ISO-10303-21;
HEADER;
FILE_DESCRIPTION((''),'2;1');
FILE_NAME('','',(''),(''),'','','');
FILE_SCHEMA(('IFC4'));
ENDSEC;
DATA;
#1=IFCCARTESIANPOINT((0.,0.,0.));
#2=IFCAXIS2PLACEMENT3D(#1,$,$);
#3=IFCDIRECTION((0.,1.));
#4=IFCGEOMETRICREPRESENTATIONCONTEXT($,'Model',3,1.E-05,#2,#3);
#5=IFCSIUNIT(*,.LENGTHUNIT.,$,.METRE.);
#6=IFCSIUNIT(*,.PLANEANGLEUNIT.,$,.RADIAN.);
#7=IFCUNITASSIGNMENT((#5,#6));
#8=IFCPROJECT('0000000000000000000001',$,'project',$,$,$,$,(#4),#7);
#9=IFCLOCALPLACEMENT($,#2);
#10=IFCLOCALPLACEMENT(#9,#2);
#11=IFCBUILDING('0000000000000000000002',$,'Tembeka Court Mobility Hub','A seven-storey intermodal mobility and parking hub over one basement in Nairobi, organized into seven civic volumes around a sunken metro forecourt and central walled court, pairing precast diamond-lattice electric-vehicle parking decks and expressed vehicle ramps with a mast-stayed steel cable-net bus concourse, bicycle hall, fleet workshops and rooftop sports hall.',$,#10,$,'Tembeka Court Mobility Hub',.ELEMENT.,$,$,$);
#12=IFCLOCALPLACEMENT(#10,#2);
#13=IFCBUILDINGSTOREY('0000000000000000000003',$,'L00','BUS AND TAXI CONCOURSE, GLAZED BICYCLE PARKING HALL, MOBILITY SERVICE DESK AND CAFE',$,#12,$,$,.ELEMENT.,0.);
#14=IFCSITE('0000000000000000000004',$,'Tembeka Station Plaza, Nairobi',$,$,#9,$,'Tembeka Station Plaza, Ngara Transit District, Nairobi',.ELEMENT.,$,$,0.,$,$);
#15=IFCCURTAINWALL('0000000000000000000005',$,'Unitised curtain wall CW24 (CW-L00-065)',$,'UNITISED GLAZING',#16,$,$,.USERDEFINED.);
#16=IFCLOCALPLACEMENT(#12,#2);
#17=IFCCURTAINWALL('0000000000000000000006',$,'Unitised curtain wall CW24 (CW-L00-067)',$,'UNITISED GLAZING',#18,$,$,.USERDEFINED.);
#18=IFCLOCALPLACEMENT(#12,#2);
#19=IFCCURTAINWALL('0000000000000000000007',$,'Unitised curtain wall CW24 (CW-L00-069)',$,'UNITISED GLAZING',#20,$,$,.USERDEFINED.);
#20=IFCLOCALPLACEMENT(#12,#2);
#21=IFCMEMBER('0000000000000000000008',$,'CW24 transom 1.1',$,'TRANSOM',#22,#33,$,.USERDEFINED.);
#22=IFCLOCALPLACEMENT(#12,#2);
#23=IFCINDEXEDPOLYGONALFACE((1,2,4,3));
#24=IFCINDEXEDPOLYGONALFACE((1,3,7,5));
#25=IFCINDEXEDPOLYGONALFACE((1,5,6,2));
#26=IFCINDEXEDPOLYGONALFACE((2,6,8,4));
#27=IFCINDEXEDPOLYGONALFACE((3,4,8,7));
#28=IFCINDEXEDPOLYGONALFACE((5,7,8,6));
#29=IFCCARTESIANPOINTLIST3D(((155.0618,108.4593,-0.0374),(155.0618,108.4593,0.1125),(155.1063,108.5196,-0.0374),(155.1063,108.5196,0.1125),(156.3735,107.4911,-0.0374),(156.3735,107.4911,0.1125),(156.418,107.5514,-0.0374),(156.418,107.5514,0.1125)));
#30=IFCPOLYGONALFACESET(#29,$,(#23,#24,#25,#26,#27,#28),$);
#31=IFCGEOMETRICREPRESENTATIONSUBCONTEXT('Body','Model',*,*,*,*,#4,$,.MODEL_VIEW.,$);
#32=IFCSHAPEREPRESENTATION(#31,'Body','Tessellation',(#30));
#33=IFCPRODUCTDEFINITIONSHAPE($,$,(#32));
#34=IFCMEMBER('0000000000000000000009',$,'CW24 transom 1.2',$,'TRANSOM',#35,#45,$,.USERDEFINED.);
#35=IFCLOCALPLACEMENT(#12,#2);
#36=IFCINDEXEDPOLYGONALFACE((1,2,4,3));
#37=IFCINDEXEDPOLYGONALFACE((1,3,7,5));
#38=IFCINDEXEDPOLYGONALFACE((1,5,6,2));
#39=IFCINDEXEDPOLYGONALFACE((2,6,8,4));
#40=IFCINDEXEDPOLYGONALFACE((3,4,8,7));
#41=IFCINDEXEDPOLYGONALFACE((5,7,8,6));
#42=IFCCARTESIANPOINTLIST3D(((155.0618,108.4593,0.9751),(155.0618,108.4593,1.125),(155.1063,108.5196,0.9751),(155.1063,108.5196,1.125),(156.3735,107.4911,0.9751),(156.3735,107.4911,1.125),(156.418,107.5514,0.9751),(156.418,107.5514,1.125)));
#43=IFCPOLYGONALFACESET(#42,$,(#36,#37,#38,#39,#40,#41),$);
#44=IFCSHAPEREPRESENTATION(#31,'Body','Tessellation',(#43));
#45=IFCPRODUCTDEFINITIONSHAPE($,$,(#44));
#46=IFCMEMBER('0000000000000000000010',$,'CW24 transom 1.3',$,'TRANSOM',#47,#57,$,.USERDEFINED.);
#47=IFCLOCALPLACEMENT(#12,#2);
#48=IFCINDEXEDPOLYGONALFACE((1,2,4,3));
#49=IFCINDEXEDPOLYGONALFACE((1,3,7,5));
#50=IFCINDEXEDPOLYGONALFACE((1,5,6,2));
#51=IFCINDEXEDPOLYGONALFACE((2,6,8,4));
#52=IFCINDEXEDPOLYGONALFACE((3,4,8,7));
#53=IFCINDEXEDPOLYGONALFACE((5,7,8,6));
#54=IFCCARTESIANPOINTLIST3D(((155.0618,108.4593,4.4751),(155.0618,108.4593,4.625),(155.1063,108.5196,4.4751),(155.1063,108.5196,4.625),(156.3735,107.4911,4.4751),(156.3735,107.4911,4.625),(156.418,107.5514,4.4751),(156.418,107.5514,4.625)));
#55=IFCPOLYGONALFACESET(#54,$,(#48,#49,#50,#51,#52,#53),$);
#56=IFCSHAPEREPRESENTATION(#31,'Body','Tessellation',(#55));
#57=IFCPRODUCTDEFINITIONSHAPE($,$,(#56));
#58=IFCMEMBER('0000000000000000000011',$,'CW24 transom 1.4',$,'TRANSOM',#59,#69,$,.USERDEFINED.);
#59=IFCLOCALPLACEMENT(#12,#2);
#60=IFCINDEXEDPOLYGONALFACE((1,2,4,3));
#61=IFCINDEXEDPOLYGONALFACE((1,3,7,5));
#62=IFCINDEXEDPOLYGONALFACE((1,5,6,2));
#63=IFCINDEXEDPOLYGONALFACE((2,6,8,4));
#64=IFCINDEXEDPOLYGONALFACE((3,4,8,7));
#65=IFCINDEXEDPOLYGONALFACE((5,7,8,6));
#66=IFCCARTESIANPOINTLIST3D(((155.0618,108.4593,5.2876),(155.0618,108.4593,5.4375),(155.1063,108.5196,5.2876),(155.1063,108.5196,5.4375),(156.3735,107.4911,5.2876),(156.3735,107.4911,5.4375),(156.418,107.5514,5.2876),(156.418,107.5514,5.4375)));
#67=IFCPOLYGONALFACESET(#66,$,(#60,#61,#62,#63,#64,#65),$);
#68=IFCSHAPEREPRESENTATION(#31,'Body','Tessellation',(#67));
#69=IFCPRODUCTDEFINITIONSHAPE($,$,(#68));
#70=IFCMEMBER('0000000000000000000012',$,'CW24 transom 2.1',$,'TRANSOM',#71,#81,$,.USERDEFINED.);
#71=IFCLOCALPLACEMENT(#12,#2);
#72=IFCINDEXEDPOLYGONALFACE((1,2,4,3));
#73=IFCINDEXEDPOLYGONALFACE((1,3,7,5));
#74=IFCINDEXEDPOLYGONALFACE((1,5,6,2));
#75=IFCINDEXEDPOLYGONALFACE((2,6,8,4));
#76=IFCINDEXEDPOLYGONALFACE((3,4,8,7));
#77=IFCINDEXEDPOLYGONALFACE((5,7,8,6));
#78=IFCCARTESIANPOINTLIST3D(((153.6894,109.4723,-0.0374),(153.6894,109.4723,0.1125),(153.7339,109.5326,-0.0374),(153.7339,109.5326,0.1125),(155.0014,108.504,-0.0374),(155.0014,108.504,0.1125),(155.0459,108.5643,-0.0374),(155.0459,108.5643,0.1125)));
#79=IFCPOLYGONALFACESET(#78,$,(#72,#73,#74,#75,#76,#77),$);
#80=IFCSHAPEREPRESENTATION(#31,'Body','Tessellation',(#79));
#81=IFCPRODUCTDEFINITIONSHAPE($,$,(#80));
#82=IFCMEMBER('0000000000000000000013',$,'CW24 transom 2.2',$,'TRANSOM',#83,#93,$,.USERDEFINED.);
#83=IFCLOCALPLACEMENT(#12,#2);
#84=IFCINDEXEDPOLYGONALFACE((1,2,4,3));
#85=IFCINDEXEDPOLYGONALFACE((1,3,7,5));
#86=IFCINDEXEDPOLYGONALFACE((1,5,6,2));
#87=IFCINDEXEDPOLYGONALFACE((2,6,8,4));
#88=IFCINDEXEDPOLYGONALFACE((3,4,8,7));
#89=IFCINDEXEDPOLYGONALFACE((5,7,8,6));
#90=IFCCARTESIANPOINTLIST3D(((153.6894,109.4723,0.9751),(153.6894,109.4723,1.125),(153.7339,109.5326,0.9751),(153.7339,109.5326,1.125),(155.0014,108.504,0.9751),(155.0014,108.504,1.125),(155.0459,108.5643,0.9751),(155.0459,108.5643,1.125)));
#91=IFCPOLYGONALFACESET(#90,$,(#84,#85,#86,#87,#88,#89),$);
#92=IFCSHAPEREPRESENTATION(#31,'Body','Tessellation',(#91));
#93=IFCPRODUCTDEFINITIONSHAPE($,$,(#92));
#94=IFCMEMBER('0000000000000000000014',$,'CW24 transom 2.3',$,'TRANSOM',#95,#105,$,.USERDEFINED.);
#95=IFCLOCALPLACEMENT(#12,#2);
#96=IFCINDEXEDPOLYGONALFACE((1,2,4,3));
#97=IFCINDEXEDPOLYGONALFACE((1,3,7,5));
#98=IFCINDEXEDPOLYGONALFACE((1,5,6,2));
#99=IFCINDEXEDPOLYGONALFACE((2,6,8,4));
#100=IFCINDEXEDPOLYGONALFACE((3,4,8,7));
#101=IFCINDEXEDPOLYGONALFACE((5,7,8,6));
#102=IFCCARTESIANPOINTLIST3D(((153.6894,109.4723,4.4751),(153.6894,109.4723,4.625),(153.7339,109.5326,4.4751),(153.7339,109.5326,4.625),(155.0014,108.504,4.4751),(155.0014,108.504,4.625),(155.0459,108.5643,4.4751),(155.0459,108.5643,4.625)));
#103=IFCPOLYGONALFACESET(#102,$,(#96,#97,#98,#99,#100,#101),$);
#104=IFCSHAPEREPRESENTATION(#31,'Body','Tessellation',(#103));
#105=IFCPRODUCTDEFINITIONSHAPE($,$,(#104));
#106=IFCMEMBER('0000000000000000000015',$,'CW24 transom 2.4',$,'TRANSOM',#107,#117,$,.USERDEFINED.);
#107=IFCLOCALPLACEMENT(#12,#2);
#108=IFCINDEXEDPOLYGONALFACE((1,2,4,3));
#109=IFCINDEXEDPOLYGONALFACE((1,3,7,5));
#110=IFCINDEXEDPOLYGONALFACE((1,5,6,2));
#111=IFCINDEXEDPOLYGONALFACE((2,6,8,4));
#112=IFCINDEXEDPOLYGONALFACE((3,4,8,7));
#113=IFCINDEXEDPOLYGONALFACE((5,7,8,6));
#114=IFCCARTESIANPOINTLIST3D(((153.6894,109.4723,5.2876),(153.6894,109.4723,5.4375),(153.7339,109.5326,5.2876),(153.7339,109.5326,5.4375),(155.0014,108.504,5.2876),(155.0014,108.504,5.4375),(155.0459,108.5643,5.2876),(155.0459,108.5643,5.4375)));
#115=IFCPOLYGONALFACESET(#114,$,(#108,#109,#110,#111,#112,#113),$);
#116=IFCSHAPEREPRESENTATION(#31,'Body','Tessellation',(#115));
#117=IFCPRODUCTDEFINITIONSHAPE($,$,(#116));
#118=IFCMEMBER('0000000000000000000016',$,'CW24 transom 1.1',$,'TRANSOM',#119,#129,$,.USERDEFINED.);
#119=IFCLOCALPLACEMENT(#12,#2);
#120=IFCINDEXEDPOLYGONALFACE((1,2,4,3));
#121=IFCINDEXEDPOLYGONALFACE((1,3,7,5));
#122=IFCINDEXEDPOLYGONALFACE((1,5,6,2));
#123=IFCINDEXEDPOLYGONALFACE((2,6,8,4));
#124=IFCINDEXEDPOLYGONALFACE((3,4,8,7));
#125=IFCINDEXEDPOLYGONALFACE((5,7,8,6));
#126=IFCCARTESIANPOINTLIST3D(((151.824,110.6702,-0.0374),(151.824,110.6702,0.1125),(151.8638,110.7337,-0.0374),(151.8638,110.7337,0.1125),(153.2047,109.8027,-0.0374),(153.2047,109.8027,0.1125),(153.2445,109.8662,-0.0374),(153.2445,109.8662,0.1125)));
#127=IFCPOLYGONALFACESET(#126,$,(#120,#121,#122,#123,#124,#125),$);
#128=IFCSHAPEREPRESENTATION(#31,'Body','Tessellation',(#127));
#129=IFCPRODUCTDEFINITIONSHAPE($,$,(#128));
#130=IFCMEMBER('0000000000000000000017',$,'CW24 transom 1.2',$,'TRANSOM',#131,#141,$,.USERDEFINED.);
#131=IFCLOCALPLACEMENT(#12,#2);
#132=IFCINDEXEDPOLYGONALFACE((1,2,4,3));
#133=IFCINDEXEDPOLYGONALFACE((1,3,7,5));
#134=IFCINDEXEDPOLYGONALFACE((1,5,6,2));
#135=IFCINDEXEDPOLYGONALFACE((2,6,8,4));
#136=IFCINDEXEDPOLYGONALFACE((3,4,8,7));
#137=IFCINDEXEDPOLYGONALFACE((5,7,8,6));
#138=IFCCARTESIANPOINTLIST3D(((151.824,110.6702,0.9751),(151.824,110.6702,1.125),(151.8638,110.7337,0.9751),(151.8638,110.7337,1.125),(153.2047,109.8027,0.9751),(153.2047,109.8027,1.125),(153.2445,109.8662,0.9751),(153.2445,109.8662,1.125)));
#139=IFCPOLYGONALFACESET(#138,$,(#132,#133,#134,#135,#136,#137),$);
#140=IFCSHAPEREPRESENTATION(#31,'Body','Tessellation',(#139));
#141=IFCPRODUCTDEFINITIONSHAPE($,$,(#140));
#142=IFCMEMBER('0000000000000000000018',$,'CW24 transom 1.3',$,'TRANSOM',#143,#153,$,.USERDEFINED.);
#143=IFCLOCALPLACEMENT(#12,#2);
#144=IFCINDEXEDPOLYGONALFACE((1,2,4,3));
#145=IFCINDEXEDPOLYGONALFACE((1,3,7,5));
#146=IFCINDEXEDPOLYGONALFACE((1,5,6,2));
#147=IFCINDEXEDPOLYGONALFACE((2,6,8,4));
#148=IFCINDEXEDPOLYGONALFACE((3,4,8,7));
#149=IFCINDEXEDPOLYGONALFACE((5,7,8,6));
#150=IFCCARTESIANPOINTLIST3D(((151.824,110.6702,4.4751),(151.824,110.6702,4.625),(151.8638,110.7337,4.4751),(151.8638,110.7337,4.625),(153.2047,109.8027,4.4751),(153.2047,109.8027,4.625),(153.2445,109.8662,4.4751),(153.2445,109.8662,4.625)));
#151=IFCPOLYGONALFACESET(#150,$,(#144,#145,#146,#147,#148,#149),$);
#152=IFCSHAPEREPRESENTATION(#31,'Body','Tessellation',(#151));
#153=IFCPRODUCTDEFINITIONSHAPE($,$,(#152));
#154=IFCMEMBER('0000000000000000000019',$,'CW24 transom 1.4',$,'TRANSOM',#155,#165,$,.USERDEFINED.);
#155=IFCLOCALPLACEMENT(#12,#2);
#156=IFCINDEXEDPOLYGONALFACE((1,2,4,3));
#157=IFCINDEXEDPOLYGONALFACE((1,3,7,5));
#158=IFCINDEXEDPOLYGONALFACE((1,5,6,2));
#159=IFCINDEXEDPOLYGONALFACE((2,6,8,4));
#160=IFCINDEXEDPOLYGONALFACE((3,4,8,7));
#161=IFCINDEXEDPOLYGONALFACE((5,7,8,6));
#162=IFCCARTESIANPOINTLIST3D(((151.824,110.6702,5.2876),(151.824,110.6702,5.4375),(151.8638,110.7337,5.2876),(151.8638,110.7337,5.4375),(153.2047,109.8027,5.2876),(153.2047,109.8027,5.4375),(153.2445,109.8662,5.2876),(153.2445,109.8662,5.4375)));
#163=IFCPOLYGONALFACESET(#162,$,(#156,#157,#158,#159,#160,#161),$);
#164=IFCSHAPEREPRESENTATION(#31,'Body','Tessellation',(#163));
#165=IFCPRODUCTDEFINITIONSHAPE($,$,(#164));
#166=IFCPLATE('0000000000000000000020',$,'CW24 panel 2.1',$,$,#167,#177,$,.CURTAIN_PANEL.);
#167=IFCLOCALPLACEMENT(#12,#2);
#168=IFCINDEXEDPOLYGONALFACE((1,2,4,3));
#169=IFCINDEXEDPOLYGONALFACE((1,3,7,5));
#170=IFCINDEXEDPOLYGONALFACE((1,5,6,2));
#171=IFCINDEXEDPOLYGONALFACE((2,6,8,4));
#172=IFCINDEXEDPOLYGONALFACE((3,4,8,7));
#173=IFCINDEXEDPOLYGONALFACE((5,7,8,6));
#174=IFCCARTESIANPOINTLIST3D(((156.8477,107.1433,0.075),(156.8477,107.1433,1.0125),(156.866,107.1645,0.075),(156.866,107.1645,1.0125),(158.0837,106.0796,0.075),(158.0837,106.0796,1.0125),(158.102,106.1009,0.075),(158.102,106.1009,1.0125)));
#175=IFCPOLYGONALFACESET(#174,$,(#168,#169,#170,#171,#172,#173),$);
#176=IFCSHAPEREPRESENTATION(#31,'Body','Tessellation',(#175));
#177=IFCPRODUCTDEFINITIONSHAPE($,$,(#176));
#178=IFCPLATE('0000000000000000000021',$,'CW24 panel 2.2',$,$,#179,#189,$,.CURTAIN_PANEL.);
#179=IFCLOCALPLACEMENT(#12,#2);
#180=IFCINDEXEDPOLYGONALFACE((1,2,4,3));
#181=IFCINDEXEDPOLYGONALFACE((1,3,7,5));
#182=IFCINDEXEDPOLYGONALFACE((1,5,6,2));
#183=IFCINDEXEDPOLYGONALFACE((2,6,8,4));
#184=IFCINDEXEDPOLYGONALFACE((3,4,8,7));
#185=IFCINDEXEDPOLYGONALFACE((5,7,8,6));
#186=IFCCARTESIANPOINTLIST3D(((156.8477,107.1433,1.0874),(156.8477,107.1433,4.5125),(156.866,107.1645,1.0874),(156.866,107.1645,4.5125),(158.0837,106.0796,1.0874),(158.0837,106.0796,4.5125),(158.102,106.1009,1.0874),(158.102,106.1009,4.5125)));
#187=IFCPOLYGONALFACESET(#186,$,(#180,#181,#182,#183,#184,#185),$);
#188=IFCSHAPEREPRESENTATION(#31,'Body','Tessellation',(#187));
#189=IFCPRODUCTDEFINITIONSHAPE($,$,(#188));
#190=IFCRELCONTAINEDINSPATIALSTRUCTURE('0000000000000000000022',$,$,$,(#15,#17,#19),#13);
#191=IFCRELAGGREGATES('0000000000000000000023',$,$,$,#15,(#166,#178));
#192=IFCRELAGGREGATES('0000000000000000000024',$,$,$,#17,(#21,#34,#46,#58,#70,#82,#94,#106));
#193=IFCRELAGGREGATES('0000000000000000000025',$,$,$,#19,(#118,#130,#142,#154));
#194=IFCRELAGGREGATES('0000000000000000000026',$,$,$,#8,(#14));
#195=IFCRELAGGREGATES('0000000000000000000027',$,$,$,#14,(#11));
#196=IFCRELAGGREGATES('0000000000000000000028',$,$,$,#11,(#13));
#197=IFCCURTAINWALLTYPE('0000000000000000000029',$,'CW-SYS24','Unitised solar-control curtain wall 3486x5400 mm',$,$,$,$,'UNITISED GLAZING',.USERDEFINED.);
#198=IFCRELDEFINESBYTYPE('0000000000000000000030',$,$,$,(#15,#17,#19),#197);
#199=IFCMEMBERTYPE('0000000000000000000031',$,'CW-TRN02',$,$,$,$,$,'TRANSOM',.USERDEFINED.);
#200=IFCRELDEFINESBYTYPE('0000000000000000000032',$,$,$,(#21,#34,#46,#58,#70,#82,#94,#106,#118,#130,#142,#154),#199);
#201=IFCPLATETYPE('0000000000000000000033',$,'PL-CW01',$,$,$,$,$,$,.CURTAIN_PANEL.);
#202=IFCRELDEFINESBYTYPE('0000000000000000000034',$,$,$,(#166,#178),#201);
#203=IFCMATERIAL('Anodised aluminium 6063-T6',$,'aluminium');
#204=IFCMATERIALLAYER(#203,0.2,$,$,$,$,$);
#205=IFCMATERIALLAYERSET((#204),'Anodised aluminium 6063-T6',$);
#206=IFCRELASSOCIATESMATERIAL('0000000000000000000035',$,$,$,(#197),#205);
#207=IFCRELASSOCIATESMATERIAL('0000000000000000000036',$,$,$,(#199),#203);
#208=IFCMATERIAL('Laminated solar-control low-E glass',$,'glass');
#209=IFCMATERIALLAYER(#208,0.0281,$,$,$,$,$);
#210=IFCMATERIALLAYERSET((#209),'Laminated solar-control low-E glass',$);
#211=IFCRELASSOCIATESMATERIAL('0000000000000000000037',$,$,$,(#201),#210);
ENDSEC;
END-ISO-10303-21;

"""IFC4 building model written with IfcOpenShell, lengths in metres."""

from ifc_helpers import new_model, si_unit, direction, frame, origin, origin_2d, place, context, subcontext, project, spatial, rectangle, extrude, material, layer, layer_set, material_profile, profile_set, type_object, element, aggregate, save


model = new_model("IFC4")

# Units and contexts
model_context = context("Model", 3, precision=1e-05, world=origin(), true_north=direction((0.0, 1.0)))
body_context = subcontext(model_context, "Body", "Model", "MODEL_VIEW")
ifc_project = project(units=[si_unit("LENGTHUNIT", "METRE"), si_unit("PLANEANGLEUNIT", "RADIAN")], contexts=[model_context])

# Site, building, storey
site_placement = place(None, origin())
site = spatial("IfcSite", under=ifc_project, at=site_placement, Name="Tembeka Station Plaza, Nairobi", LongName="Tembeka Station Plaza, Ngara Transit District, Nairobi", CompositionType="ELEMENT", RefElevation=0.0)
building_placement = place(site_placement, origin())
building = spatial("IfcBuilding", under=site, at=building_placement, Name="Tembeka Court Mobility Hub", Description="A seven-storey intermodal mobility and parking hub over one basement in Nairobi, organized into seven civic volumes around a sunken metro forecourt and central walled court, pairing precast diamond-lattice electric-vehicle parking decks and expressed vehicle ramps with a mast-stayed steel cable-net bus concourse, bicycle hall, fleet workshops and rooftop sports hall.", LongName="Tembeka Court Mobility Hub", CompositionType="ELEMENT")
storey_placement = place(building_placement, origin())
storey = spatial("IfcBuildingStorey", under=building, at=storey_placement, Name="L00", Description="BUS AND TAXI CONCOURSE, GLAZED BICYCLE PARKING HALL, MOBILITY SERVICE DESK AND CAFE", CompositionType="ELEMENT", Elevation=0.0)

# Curtain wall
ifc_material_1 = material(Name="Anodised aluminium 6063-T6", Category="aluminium")
ifc_layer_1 = layer(ifc_material_1, 0.2)
ifc_layer_set_1 = layer_set([ifc_layer_1], Name="Anodised aluminium 6063-T6")
curtain_wall_type = type_object("IfcCurtainWallType", Name="CW-SYS24", Description="Unitised solar-control curtain wall 3486x5400 mm", ElementType="UNITISED GLAZING", PredefinedType="USERDEFINED", material=ifc_layer_set_1)
curtain_wall_1_placement = place(storey_placement, origin())
curtain_wall_1 = element("IfcCurtainWall", 1, at=curtain_wall_1_placement, inside=storey, type_object=curtain_wall_type, Name="Unitised curtain wall CW24 (CW-L00-065)", ObjectType="UNITISED GLAZING", PredefinedType="USERDEFINED")

# Curtain wall
curtain_wall_2_placement = place(storey_placement, origin())
curtain_wall_2 = element("IfcCurtainWall", 2, at=curtain_wall_2_placement, inside=storey, type_object=curtain_wall_type, Name="Unitised curtain wall CW24 (CW-L00-067)", ObjectType="UNITISED GLAZING", PredefinedType="USERDEFINED")

# Curtain wall
curtain_wall_3_placement = place(storey_placement, origin())
curtain_wall_3 = element("IfcCurtainWall", 3, at=curtain_wall_3_placement, inside=storey, type_object=curtain_wall_type, Name="Unitised curtain wall CW24 (CW-L00-069)", ObjectType="UNITISED GLAZING", PredefinedType="USERDEFINED")

# Members
ifc_material_profile_1 = material_profile(ifc_material_1, rectangle(XDim=0.075, YDim=0.1499, at=origin_2d()), Name="ALU-TRN 75x150")
ifc_profile_set_1 = profile_set([ifc_material_profile_1], Name="Anodised aluminium 6063-T6")
member_type_1 = type_object("IfcMemberType", Name="CW-TRN02", ElementType="TRANSOM", PredefinedType="USERDEFINED", material=ifc_profile_set_1)
member_1_placement = place(storey_placement, frame((156.3958, 107.5212, 0.0376), z_axis=(-0.804559, 0.593873, 0.0), x_axis=(-0.593873, -0.804559, 0.0)))
member_1 = element("IfcMember", 4, at=member_1_placement, type_object=member_type_1, Name="CW24 transom 1.1", ObjectType="TRANSOM", PredefinedType="USERDEFINED", context=body_context, shape_type="SweptSolid", body=[
    extrude(rectangle(XDim=0.075, YDim=0.1499, at=origin_2d()), origin(), (0.0, 0.0, 1.0), 1.6304),
])
member_2_placement = place(storey_placement, frame((156.3958, 107.5212, 1.05), z_axis=(-0.804559, 0.593873, 0.0), x_axis=(-0.593873, -0.804559, 0.0)))
member_2 = element("IfcMember", 5, at=member_2_placement, type_object=member_type_1, Name="CW24 transom 1.2", ObjectType="TRANSOM", PredefinedType="USERDEFINED", context=body_context, shape_type="SweptSolid", body=[
    extrude(rectangle(XDim=0.075, YDim=0.1499, at=origin_2d()), origin(), (0.0, 0.0, 1.0), 1.6304),
])
member_3_placement = place(storey_placement, frame((156.3958, 107.5212, 4.55), z_axis=(-0.804559, 0.593873, 0.0), x_axis=(-0.593873, -0.804559, 0.0)))
member_3 = element("IfcMember", 6, at=member_3_placement, type_object=member_type_1, Name="CW24 transom 1.3", ObjectType="TRANSOM", PredefinedType="USERDEFINED", context=body_context, shape_type="SweptSolid", body=[
    extrude(rectangle(XDim=0.075, YDim=0.1499, at=origin_2d()), origin(), (0.0, 0.0, 1.0), 1.6304),
])
member_4_placement = place(storey_placement, frame((156.3958, 107.5212, 5.3625), z_axis=(-0.804559, 0.593873, 0.0), x_axis=(-0.593873, -0.804559, 0.0)))
member_4 = element("IfcMember", 7, at=member_4_placement, type_object=member_type_1, Name="CW24 transom 1.4", ObjectType="TRANSOM", PredefinedType="USERDEFINED", context=body_context, shape_type="SweptSolid", body=[
    extrude(rectangle(XDim=0.075, YDim=0.1499, at=origin_2d()), origin(), (0.0, 0.0, 1.0), 1.6304),
])
member_5_placement = place(storey_placement, frame((155.0237, 108.5342, 0.0376), z_axis=(-0.804612, 0.593802, 0.0), x_axis=(-0.593802, -0.804612, 0.0)))
member_5 = element("IfcMember", 8, at=member_5_placement, type_object=member_type_1, Name="CW24 transom 2.1", ObjectType="TRANSOM", PredefinedType="USERDEFINED", context=body_context, shape_type="SweptSolid", body=[
    extrude(rectangle(XDim=0.075, YDim=0.1499, at=origin_2d()), origin(), (0.0, 0.0, 1.0), 1.6306),
])
member_6_placement = place(storey_placement, frame((155.0237, 108.5342, 1.05), z_axis=(-0.804612, 0.593802, 0.0), x_axis=(-0.593802, -0.804612, 0.0)))
member_6 = element("IfcMember", 9, at=member_6_placement, type_object=member_type_1, Name="CW24 transom 2.2", ObjectType="TRANSOM", PredefinedType="USERDEFINED", context=body_context, shape_type="SweptSolid", body=[
    extrude(rectangle(XDim=0.075, YDim=0.1499, at=origin_2d()), origin(), (0.0, 0.0, 1.0), 1.6306),
])
member_7_placement = place(storey_placement, frame((155.0237, 108.5342, 4.55), z_axis=(-0.804612, 0.593802, 0.0), x_axis=(-0.593802, -0.804612, 0.0)))
member_7 = element("IfcMember", 10, at=member_7_placement, type_object=member_type_1, Name="CW24 transom 2.3", ObjectType="TRANSOM", PredefinedType="USERDEFINED", context=body_context, shape_type="SweptSolid", body=[
    extrude(rectangle(XDim=0.075, YDim=0.1499, at=origin_2d()), origin(), (0.0, 0.0, 1.0), 1.6306),
])
member_8_placement = place(storey_placement, frame((155.0237, 108.5342, 5.3625), z_axis=(-0.804612, 0.593802, 0.0), x_axis=(-0.593802, -0.804612, 0.0)))
member_8 = element("IfcMember", 11, at=member_8_placement, type_object=member_type_1, Name="CW24 transom 2.4", ObjectType="TRANSOM", PredefinedType="USERDEFINED", context=body_context, shape_type="SweptSolid", body=[
    extrude(rectangle(XDim=0.075, YDim=0.1499, at=origin_2d()), origin(), (0.0, 0.0, 1.0), 1.6306),
])
member_9_placement = place(storey_placement, frame((153.2246, 109.8345, 0.0376), z_axis=(-0.846743, 0.532003, 0.0), x_axis=(-0.532003, -0.846743, 0.0)))
member_9 = element("IfcMember", 12, at=member_9_placement, type_object=member_type_1, Name="CW24 transom 1.1", ObjectType="TRANSOM", PredefinedType="USERDEFINED", context=body_context, shape_type="SweptSolid", body=[
    extrude(rectangle(XDim=0.075, YDim=0.1499, at=origin_2d()), origin(), (0.0, 0.0, 1.0), 1.6306),
])
member_10_placement = place(storey_placement, frame((153.2246, 109.8345, 1.05), z_axis=(-0.846743, 0.532003, 0.0), x_axis=(-0.532003, -0.846743, 0.0)))
member_10 = element("IfcMember", 13, at=member_10_placement, type_object=member_type_1, Name="CW24 transom 1.2", ObjectType="TRANSOM", PredefinedType="USERDEFINED", context=body_context, shape_type="SweptSolid", body=[
    extrude(rectangle(XDim=0.075, YDim=0.1499, at=origin_2d()), origin(), (0.0, 0.0, 1.0), 1.6306),
])
member_11_placement = place(storey_placement, frame((153.2246, 109.8345, 4.55), z_axis=(-0.846743, 0.532003, 0.0), x_axis=(-0.532003, -0.846743, 0.0)))
member_11 = element("IfcMember", 14, at=member_11_placement, type_object=member_type_1, Name="CW24 transom 1.3", ObjectType="TRANSOM", PredefinedType="USERDEFINED", context=body_context, shape_type="SweptSolid", body=[
    extrude(rectangle(XDim=0.075, YDim=0.1499, at=origin_2d()), origin(), (0.0, 0.0, 1.0), 1.6306),
])
member_12_placement = place(storey_placement, frame((153.2246, 109.8345, 5.3625), z_axis=(-0.846743, 0.532003, 0.0), x_axis=(-0.532003, -0.846743, 0.0)))
member_12 = element("IfcMember", 15, at=member_12_placement, type_object=member_type_1, Name="CW24 transom 1.4", ObjectType="TRANSOM", PredefinedType="USERDEFINED", context=body_context, shape_type="SweptSolid", body=[
    extrude(rectangle(XDim=0.075, YDim=0.1499, at=origin_2d()), origin(), (0.0, 0.0, 1.0), 1.6306),
])

# Plates
ifc_material_2 = material(Name="Laminated solar-control low-E glass", Category="glass")
ifc_layer_2 = layer(ifc_material_2, 0.0281)
ifc_layer_set_2 = layer_set([ifc_layer_2], Name="Laminated solar-control low-E glass")
plate_type = type_object("IfcPlateType", Name="PL-CW01", PredefinedType="CURTAIN_PANEL", material=ifc_layer_set_2)
plate_1_placement = place(storey_placement, frame((157.4749, 106.6221, 0.075), z_axis=(0.0, 0.0, 1.0), x_axis=(-0.757955, 0.652307, 0.0)))
plate_1 = element("IfcPlate", 16, at=plate_1_placement, type_object=plate_type, Name="CW24 panel 2.1", PredefinedType="CURTAIN_PANEL", context=body_context, shape_type="SweptSolid", body=[
    extrude(rectangle(XDim=1.6306, YDim=0.0281, at=origin_2d()), origin(), (0.0, 0.0, 1.0), 0.9375),
])
plate_2_placement = place(storey_placement, frame((157.4749, 106.6221, 1.0874), z_axis=(0.0, 0.0, 1.0), x_axis=(-0.757955, 0.652307, 0.0)))
plate_2 = element("IfcPlate", 17, at=plate_2_placement, type_object=plate_type, Name="CW24 panel 2.2", PredefinedType="CURTAIN_PANEL", context=body_context, shape_type="SweptSolid", body=[
    extrude(rectangle(XDim=1.6306, YDim=0.0281, at=origin_2d()), origin(), (0.0, 0.0, 1.0), 3.425),
])
aggregate(curtain_wall_1, [plate_1, plate_2])
aggregate(curtain_wall_2, [member_1, member_2, member_3, member_4, member_5, member_6, member_7, member_8])
aggregate(curtain_wall_3, [member_9, member_10, member_11, member_12])

save(model, "model.ifc")
